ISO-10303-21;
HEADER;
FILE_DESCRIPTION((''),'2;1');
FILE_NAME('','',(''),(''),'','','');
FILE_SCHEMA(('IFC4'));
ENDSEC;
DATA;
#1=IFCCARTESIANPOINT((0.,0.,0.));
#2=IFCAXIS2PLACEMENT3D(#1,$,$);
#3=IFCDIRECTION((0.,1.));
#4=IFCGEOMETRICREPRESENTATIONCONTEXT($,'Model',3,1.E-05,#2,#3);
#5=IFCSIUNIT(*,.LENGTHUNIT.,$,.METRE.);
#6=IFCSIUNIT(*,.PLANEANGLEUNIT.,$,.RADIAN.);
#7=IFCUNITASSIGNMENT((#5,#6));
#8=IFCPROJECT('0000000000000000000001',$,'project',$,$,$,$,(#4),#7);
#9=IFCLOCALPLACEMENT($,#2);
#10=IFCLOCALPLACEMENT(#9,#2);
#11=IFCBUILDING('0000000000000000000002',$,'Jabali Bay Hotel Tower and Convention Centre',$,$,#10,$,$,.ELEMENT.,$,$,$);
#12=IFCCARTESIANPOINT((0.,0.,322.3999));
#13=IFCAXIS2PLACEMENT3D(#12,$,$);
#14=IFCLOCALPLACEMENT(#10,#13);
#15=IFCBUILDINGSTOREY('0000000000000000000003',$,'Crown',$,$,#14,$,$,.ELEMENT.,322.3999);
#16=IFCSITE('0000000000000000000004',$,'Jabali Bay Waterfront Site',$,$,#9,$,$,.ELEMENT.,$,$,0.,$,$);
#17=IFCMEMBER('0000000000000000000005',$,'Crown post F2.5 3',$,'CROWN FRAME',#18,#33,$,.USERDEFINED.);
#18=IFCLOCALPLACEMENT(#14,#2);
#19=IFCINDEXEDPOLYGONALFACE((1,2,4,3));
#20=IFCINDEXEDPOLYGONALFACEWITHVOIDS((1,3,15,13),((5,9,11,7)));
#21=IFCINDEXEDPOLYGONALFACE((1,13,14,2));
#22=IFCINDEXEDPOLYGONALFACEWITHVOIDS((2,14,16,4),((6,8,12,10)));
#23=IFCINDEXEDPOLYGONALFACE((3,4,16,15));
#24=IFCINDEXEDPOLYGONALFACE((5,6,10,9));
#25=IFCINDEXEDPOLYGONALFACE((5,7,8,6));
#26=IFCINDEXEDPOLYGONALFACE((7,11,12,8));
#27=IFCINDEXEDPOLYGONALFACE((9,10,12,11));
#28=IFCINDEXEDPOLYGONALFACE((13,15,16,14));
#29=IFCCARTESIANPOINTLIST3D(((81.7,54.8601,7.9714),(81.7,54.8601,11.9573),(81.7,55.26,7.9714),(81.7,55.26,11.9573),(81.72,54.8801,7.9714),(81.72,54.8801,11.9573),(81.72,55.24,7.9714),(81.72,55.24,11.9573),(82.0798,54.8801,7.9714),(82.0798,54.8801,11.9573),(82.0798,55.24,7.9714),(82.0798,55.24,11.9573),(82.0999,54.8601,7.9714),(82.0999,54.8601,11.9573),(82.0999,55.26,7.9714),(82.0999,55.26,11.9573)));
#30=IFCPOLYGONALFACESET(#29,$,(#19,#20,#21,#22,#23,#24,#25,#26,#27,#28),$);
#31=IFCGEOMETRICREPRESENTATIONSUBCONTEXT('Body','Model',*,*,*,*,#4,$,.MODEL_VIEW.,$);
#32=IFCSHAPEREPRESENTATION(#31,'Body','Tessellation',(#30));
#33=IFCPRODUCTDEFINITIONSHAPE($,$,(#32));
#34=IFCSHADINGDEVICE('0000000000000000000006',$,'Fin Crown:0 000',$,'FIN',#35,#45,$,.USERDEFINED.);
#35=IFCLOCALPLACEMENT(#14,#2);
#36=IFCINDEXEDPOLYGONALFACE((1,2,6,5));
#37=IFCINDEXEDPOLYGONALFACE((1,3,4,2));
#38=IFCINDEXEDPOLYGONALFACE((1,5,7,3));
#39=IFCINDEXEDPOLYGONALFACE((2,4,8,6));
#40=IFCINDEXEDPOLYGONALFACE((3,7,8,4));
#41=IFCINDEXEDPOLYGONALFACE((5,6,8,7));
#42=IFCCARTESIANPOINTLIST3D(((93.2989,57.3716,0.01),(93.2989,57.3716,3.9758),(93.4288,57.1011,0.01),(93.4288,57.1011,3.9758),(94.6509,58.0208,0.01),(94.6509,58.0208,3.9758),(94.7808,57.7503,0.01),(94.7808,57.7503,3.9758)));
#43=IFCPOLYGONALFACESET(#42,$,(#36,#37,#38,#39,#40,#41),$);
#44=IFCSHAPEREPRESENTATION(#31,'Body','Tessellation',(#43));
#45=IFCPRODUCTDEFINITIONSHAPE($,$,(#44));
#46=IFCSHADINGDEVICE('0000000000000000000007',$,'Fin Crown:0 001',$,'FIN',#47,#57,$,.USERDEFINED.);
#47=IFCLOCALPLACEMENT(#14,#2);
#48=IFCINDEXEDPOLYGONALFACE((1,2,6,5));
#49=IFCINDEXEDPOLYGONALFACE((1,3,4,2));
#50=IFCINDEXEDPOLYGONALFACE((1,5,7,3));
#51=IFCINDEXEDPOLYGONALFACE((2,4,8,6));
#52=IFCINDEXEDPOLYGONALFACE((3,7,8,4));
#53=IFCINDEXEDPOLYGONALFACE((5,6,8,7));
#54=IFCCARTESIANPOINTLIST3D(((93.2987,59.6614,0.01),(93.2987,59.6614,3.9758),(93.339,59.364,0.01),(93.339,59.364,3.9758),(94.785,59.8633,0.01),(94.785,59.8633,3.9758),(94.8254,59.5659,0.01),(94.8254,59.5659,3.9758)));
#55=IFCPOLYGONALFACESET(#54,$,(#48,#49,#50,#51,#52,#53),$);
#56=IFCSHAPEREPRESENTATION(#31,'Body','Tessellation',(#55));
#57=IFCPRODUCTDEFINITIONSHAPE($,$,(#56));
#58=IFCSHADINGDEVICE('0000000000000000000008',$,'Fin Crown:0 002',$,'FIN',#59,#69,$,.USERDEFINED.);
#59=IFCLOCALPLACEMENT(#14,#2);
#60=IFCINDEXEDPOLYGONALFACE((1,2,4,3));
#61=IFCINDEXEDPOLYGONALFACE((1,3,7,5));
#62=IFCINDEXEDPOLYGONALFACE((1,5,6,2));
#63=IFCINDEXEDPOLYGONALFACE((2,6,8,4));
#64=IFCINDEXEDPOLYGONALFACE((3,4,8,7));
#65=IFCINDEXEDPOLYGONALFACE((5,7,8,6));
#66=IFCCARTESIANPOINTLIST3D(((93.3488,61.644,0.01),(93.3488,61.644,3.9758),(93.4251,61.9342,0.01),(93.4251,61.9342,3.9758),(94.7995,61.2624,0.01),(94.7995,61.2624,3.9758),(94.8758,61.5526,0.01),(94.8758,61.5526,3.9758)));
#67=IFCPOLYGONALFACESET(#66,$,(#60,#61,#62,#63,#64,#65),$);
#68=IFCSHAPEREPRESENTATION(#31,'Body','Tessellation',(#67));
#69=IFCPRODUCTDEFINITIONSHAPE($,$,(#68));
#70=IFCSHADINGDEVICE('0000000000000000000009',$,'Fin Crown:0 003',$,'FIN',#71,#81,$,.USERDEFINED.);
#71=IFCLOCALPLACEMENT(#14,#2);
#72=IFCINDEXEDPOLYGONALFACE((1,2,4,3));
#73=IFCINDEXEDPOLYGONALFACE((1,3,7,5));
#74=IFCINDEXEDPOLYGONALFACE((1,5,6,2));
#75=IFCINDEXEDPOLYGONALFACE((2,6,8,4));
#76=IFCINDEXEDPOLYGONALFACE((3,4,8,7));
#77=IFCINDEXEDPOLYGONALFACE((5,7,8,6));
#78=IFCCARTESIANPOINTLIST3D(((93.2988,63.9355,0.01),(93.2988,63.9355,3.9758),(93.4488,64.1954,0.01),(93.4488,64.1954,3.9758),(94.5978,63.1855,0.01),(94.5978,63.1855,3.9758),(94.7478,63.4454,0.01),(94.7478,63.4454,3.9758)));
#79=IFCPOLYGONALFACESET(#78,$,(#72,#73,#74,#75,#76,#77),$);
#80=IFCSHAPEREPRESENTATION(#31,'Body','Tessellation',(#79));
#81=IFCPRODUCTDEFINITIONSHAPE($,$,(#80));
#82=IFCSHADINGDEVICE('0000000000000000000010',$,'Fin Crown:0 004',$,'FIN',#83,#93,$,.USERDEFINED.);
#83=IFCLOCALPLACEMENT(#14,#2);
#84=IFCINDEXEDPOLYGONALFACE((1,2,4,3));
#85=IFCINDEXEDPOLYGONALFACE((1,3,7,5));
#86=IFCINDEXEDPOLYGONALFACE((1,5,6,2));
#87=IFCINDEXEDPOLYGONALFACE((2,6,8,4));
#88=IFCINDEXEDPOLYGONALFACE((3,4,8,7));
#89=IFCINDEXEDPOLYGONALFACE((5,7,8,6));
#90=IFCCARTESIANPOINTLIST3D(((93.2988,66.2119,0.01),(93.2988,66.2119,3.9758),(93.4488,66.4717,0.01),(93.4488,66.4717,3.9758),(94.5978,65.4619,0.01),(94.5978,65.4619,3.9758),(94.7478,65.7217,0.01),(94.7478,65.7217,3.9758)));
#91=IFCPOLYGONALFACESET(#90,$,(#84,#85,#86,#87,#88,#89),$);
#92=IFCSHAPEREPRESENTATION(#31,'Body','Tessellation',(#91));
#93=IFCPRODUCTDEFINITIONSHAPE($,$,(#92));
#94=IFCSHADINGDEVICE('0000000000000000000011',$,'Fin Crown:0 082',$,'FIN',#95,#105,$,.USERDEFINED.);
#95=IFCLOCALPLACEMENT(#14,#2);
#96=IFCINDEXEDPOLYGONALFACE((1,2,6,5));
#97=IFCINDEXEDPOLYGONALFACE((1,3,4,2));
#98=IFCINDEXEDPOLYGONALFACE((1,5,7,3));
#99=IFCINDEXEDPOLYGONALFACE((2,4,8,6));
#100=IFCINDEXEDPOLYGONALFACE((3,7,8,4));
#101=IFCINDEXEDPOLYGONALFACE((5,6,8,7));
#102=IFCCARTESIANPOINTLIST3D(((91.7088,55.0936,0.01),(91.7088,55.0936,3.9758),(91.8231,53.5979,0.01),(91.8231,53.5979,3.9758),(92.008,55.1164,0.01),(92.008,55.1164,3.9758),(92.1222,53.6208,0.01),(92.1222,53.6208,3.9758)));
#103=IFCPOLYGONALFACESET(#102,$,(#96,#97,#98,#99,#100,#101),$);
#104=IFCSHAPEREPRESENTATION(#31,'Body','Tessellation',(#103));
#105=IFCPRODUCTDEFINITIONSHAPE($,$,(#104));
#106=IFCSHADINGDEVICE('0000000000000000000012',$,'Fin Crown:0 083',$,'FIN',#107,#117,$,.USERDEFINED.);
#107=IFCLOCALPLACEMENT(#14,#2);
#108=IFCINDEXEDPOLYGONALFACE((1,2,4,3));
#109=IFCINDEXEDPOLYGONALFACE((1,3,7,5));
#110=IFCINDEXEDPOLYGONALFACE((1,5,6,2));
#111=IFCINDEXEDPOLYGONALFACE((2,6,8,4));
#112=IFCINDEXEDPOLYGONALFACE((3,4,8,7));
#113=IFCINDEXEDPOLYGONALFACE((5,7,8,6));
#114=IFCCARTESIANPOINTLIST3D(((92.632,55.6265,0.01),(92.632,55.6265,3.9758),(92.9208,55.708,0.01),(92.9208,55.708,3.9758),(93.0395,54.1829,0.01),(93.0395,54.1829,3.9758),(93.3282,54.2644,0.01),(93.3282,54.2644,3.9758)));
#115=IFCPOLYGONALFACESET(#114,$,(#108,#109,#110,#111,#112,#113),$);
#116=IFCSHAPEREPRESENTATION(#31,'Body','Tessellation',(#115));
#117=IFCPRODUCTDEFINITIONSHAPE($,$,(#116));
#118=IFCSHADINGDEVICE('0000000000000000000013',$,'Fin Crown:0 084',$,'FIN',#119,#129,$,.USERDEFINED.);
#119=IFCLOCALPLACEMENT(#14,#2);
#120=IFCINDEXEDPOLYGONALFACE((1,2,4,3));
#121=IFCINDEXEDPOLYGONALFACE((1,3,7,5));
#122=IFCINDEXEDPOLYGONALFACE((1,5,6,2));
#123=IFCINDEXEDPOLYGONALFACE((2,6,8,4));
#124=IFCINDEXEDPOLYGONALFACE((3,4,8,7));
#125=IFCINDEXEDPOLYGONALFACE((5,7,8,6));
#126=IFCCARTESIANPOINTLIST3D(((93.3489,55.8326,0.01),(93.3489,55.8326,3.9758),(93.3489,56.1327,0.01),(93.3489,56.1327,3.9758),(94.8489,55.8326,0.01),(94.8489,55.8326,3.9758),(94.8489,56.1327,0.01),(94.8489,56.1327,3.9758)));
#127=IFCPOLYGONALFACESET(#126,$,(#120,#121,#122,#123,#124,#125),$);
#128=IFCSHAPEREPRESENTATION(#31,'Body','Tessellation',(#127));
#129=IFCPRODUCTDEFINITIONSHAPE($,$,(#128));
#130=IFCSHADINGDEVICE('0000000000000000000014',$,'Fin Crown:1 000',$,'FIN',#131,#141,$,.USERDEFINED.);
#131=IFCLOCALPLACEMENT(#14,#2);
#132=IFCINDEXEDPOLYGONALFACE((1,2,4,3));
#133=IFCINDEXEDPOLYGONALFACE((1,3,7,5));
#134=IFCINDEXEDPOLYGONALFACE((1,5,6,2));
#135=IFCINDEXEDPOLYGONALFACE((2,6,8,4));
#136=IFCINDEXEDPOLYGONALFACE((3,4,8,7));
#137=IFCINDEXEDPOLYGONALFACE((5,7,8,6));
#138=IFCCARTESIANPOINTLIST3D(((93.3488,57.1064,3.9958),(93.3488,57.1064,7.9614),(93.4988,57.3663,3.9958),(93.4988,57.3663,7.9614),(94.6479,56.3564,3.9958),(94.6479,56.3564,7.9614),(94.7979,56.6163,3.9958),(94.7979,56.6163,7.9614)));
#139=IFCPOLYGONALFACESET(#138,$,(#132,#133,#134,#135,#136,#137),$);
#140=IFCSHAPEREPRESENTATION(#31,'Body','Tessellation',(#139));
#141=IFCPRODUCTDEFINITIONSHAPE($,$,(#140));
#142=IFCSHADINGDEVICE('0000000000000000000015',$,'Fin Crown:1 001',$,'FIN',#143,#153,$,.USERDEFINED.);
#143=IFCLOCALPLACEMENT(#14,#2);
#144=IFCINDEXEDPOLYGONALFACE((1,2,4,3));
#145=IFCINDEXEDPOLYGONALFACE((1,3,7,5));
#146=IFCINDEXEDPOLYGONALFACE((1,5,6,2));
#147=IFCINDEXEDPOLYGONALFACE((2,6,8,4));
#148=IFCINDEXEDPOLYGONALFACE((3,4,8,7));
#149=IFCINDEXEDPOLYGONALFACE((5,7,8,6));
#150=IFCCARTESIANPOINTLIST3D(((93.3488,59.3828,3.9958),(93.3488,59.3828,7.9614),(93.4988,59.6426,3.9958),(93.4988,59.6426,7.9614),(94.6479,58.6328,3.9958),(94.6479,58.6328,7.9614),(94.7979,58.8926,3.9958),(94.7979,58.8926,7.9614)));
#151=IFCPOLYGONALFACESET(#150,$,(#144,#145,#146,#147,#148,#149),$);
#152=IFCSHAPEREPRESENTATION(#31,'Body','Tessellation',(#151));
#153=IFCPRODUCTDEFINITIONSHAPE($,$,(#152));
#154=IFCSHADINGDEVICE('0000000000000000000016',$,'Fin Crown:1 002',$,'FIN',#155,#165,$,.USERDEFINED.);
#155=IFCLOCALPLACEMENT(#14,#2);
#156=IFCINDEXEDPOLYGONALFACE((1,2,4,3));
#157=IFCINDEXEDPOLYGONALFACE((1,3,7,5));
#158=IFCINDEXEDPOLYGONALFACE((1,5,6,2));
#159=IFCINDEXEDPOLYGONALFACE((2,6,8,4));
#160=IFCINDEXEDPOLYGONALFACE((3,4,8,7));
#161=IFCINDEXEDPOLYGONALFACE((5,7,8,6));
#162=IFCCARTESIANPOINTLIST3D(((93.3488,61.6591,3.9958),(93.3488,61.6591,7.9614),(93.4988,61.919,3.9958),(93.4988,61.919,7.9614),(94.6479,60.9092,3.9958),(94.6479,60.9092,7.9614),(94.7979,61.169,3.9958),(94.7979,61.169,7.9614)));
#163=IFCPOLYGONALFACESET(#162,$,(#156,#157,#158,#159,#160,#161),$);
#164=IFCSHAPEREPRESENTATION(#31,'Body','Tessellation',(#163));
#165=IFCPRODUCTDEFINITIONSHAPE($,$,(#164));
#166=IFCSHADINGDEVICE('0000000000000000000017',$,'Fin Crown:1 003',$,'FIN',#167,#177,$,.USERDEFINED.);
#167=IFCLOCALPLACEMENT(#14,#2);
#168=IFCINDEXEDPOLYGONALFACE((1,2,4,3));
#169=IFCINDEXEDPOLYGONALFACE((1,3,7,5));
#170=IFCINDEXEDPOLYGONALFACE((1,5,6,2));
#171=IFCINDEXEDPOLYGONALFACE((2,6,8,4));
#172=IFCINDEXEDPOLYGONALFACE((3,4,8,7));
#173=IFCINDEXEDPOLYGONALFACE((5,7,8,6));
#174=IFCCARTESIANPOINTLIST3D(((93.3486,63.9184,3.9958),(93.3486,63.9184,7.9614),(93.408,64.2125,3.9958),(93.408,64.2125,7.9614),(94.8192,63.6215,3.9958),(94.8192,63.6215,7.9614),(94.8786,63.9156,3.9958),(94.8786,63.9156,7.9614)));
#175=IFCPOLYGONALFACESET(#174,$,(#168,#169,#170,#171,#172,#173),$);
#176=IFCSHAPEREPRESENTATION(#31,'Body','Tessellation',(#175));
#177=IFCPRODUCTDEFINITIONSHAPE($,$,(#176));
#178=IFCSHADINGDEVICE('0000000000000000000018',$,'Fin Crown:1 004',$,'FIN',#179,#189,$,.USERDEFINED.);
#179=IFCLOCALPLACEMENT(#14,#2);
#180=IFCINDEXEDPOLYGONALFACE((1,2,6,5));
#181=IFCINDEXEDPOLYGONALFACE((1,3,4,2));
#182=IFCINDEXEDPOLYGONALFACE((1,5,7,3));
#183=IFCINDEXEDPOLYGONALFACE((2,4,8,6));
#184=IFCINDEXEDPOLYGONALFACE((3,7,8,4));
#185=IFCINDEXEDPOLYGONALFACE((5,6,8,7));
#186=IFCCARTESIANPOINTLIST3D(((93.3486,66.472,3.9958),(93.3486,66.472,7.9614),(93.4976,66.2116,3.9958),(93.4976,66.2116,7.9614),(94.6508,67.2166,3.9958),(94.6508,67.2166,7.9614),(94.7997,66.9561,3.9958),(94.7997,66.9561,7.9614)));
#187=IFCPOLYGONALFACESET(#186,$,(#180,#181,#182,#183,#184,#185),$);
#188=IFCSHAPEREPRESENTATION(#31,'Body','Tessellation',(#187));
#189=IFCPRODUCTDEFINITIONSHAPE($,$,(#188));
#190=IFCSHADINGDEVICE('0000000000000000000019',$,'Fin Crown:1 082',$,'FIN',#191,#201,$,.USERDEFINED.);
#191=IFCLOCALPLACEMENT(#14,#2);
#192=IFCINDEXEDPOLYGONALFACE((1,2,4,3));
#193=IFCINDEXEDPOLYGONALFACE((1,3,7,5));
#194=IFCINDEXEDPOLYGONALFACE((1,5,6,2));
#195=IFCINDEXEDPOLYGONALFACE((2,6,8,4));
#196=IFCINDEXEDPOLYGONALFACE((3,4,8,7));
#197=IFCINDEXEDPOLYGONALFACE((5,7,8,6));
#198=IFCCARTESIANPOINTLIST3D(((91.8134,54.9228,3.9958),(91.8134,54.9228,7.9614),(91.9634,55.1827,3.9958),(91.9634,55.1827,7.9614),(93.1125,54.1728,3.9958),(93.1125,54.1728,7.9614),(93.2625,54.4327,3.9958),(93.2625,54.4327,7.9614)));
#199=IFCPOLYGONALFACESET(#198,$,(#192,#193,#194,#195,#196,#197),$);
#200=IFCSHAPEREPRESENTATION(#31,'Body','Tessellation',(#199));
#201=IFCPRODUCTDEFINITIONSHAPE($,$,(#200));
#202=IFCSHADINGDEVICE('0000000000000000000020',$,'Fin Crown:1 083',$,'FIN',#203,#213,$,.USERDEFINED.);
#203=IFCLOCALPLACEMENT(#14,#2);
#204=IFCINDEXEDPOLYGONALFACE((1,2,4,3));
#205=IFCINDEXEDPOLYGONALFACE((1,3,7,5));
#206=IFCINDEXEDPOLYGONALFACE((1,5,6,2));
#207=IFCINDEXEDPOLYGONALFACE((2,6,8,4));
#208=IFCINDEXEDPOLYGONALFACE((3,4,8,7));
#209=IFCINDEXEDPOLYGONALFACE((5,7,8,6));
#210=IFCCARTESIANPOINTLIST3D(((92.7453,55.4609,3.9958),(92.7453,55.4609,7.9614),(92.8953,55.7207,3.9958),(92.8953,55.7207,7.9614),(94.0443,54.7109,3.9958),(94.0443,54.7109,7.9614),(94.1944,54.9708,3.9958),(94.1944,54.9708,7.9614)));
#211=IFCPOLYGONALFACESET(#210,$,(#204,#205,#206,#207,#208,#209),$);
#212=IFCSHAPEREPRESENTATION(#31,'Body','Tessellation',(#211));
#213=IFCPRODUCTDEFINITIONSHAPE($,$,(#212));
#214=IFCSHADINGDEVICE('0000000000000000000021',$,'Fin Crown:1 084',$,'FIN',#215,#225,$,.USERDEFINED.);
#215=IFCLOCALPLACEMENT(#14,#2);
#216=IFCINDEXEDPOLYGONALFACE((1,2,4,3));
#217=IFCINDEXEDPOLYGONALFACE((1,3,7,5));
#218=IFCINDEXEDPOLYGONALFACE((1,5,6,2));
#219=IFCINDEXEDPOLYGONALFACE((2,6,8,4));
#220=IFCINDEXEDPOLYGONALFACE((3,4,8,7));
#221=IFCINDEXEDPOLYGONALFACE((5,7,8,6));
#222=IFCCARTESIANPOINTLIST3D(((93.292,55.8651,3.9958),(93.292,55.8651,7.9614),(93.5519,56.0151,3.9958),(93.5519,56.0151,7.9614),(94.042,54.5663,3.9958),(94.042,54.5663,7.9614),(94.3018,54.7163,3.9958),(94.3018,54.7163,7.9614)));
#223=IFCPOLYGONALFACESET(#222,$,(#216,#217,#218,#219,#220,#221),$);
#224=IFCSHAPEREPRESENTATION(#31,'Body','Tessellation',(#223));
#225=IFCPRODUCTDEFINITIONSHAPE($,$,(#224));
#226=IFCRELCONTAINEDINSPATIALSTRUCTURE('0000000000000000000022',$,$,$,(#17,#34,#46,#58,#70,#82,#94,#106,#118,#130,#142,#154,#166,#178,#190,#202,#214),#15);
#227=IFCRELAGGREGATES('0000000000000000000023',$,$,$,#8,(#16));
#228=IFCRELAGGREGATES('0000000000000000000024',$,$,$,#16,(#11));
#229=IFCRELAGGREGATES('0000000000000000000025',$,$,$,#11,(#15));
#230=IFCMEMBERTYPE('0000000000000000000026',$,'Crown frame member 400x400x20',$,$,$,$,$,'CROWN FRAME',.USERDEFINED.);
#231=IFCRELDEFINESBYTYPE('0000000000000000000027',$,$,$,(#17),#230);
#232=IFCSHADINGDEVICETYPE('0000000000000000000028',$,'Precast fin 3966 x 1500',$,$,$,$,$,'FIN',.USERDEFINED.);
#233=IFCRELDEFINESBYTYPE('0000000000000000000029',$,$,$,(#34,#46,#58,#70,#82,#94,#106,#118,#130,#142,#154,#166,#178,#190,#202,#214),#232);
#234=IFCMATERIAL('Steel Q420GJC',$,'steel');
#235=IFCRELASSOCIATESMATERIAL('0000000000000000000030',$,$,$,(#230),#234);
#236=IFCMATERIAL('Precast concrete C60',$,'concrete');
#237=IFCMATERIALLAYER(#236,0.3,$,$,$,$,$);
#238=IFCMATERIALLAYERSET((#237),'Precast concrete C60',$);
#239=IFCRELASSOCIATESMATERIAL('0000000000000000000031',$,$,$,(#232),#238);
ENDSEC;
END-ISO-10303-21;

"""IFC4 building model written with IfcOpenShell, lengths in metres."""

from ifc_helpers import new_model, si_unit, direction, frame, frame_2d, origin, origin_2d, place, context, subcontext, project, spatial, rectangle, hollow_rectangle, extrude, material, layer, layer_set, material_profile, profile_set, type_object, element, save


model = new_model("IFC4")

# Units and contexts
model_context = context("Model", 3, precision=1e-05, world=origin(), true_north=direction((0.0, 1.0)))
body_context = subcontext(model_context, "Body", "Model", "MODEL_VIEW")
ifc_project = project(units=[si_unit("LENGTHUNIT", "METRE"), si_unit("PLANEANGLEUNIT", "RADIAN")], contexts=[model_context])

# Site, building, storey
site_placement = place(None, origin())
site = spatial("IfcSite", under=ifc_project, at=site_placement, Name="Jabali Bay Waterfront Site", CompositionType="ELEMENT", RefElevation=0.0)
building_placement = place(site_placement, origin())
building = spatial("IfcBuilding", under=site, at=building_placement, Name="Jabali Bay Hotel Tower and Convention Centre", CompositionType="ELEMENT")
storey_placement = place(building_placement, frame((0.0, 0.0, 322.3999)))
storey = spatial("IfcBuildingStorey", under=building, at=storey_placement, Name="Crown", CompositionType="ELEMENT", Elevation=322.3999)

# Member
ifc_material_1 = material(Name="Steel Q420GJC", Category="steel")
ifc_material_profile_1 = material_profile(ifc_material_1, hollow_rectangle(XDim=0.3999, YDim=0.3999, WallThickness=0.02, at=origin_2d()), Name="Crown frame member 400x400x20")
ifc_profile_set_1 = profile_set([ifc_material_profile_1], Name="Steel Q420GJC")
member_type_1 = type_object("IfcMemberType", Name="Crown frame member 400x400x20", ElementType="CROWN FRAME", PredefinedType="USERDEFINED", material=ifc_profile_set_1)
member_1_placement = place(storey_placement, frame((81.8999, 55.0601, 7.9714), z_axis=(0.0, 0.0, 1.0), x_axis=(1.0, 0.0, 0.0)))
element("IfcMember", 1, at=member_1_placement, inside=storey, type_object=member_type_1, Name="Crown post F2.5 3", ObjectType="CROWN FRAME", PredefinedType="USERDEFINED", context=body_context, shape_type="SweptSolid", body=[
    extrude(hollow_rectangle(XDim=0.3999, YDim=0.3999, WallThickness=0.02, at=origin_2d()), origin(), (0.0, 0.0, 1.0), 3.9858),
])

# Shading devices
ifc_material_2 = material(Name="Precast concrete C60", Category="concrete")
ifc_layer = layer(ifc_material_2, 0.3)
ifc_layer_set = layer_set([ifc_layer], Name="Precast concrete C60")
shading_device_type = type_object("IfcShadingDeviceType", Name="Precast fin 3966 x 1500", ElementType="FIN", PredefinedType="USERDEFINED", material=ifc_layer_set)
shading_device_1_placement = place(storey_placement, frame((93.3638, 57.2363, 0.01), z_axis=(0.0, 0.0, 1.0), x_axis=(0.901475, 0.432832, 0.0)))
element("IfcShadingDevice", 2, at=shading_device_1_placement, inside=storey, type_object=shading_device_type, Name="Fin Crown:0 000", ObjectType="FIN", PredefinedType="USERDEFINED", context=body_context, shape_type="SweptSolid", body=[
    extrude(rectangle(XDim=1.4998, YDim=0.3, at=frame_2d((0.75, 0.0))), origin(), (0.0, 0.0, 1.0), 3.9658),
])
for number, where, z_axis, x_axis, name in (
    (3, (93.3188, 59.5127, 0.01), (0.0, 0.0, 1.0), (0.990899, 0.134605, 0.0), "Fin Crown:0 001"),
    (4, (93.387, 61.7891, 0.01), (0.0, 0.0, 1.0), (0.967102, -0.254389, 0.0), "Fin Crown:0 002"),
    (5, (93.3738, 64.0654, 0.01), (0.0, 0.0, 1.0), (0.866031, -0.49999, 0.0), "Fin Crown:0 003"),
    (6, (93.3738, 66.3418, 0.01), (0.0, 0.0, 1.0), (0.866031, -0.49999, 0.0), "Fin Crown:0 004"),
    (7, (91.8584, 55.105, 0.01), (0.0, 0.0, 1.0), (0.076174, -0.997095, 0.0), "Fin Crown:0 082"),
    (8, (92.7764, 55.6672, 0.01), (0.0, 0.0, 1.0), (0.271646, -0.962397, 0.0), "Fin Crown:0 083"),
    (9, (93.3489, 55.9827, 0.01), (0.0, 0.0, 1.0), (1.0, 0.0, 0.0), "Fin Crown:0 084"),
):
    element("IfcShadingDevice", number, at=place(storey_placement, frame(where, z_axis=z_axis, x_axis=x_axis)), inside=storey, type_object=shading_device_type, Name=name, ObjectType="FIN", PredefinedType="USERDEFINED", context=body_context, shape_type="SweptSolid", body=[
        extrude(rectangle(XDim=1.5, YDim=0.3, at=frame_2d((0.75, 0.0))), origin(), (0.0, 0.0, 1.0), 3.9658),
    ])
for number, where, z_axis, x_axis, name in (
    (10, (93.4238, 57.2363, 3.9958), (0.0, 0.0, 1.0), (0.866031, -0.49999, 0.0), "Fin Crown:1 000"),
    (11, (93.4238, 59.5127, 3.9958), (0.0, 0.0, 1.0), (0.866031, -0.49999, 0.0), "Fin Crown:1 001"),
    (12, (93.4238, 61.7891, 3.9958), (0.0, 0.0, 1.0), (0.866031, -0.49999, 0.0), "Fin Crown:1 002"),
):
    element("IfcShadingDevice", number, at=place(storey_placement, frame(where, z_axis=z_axis, x_axis=x_axis)), inside=storey, type_object=shading_device_type, Name=name, ObjectType="FIN", PredefinedType="USERDEFINED", context=body_context, shape_type="SweptSolid", body=[
        extrude(rectangle(XDim=1.5, YDim=0.3, at=frame_2d((0.75, 0.0))), origin(), (0.0, 0.0, 1.0), 3.9656),
    ])
shading_device_2_placement = place(storey_placement, frame((93.3784, 64.0654, 3.9958), z_axis=(0.0, 0.0, 1.0), x_axis=(0.980222, -0.1979, 0.0)))
element("IfcShadingDevice", 13, at=shading_device_2_placement, inside=storey, type_object=shading_device_type, Name="Fin Crown:1 003", ObjectType="FIN", PredefinedType="USERDEFINED", context=body_context, shape_type="SweptSolid", body=[
    extrude(rectangle(XDim=1.5002, YDim=0.3, at=frame_2d((0.75, 0.0))), origin(), (0.0, 0.0, 1.0), 3.9656),
])
for number, where, z_axis, x_axis, name in (
    (14, (93.4231, 66.3418, 3.9958), (0.0, 0.0, 1.0), (0.868103, 0.496384, 0.0), "Fin Crown:1 004"),
    (15, (91.8884, 55.0527, 3.9958), (0.0, 0.0, 1.0), (0.866031, -0.49999, 0.0), "Fin Crown:1 082"),
    (16, (92.8203, 55.5908, 3.9958), (0.0, 0.0, 1.0), (0.866031, -0.49999, 0.0), "Fin Crown:1 083"),
):
    element("IfcShadingDevice", number, at=place(storey_placement, frame(where, z_axis=z_axis, x_axis=x_axis)), inside=storey, type_object=shading_device_type, Name=name, ObjectType="FIN", PredefinedType="USERDEFINED", context=body_context, shape_type="SweptSolid", body=[
        extrude(rectangle(XDim=1.5, YDim=0.3, at=frame_2d((0.75, 0.0))), origin(), (0.0, 0.0, 1.0), 3.9656),
    ])
shading_device_3_placement = place(storey_placement, frame((93.4219, 55.9402, 3.9958), z_axis=(0.0, 0.0, 1.0), x_axis=(0.500061, -0.86599, 0.0)))
element("IfcShadingDevice", 17, at=shading_device_3_placement, inside=storey, type_object=shading_device_type, Name="Fin Crown:1 084", ObjectType="FIN", PredefinedType="USERDEFINED", context=body_context, shape_type="SweptSolid", body=[
    extrude(rectangle(XDim=1.4998, YDim=0.3, at=frame_2d((0.75, 0.0))), origin(), (0.0, 0.0, 1.0), 3.9656),
])

save(model, "model.ifc")
